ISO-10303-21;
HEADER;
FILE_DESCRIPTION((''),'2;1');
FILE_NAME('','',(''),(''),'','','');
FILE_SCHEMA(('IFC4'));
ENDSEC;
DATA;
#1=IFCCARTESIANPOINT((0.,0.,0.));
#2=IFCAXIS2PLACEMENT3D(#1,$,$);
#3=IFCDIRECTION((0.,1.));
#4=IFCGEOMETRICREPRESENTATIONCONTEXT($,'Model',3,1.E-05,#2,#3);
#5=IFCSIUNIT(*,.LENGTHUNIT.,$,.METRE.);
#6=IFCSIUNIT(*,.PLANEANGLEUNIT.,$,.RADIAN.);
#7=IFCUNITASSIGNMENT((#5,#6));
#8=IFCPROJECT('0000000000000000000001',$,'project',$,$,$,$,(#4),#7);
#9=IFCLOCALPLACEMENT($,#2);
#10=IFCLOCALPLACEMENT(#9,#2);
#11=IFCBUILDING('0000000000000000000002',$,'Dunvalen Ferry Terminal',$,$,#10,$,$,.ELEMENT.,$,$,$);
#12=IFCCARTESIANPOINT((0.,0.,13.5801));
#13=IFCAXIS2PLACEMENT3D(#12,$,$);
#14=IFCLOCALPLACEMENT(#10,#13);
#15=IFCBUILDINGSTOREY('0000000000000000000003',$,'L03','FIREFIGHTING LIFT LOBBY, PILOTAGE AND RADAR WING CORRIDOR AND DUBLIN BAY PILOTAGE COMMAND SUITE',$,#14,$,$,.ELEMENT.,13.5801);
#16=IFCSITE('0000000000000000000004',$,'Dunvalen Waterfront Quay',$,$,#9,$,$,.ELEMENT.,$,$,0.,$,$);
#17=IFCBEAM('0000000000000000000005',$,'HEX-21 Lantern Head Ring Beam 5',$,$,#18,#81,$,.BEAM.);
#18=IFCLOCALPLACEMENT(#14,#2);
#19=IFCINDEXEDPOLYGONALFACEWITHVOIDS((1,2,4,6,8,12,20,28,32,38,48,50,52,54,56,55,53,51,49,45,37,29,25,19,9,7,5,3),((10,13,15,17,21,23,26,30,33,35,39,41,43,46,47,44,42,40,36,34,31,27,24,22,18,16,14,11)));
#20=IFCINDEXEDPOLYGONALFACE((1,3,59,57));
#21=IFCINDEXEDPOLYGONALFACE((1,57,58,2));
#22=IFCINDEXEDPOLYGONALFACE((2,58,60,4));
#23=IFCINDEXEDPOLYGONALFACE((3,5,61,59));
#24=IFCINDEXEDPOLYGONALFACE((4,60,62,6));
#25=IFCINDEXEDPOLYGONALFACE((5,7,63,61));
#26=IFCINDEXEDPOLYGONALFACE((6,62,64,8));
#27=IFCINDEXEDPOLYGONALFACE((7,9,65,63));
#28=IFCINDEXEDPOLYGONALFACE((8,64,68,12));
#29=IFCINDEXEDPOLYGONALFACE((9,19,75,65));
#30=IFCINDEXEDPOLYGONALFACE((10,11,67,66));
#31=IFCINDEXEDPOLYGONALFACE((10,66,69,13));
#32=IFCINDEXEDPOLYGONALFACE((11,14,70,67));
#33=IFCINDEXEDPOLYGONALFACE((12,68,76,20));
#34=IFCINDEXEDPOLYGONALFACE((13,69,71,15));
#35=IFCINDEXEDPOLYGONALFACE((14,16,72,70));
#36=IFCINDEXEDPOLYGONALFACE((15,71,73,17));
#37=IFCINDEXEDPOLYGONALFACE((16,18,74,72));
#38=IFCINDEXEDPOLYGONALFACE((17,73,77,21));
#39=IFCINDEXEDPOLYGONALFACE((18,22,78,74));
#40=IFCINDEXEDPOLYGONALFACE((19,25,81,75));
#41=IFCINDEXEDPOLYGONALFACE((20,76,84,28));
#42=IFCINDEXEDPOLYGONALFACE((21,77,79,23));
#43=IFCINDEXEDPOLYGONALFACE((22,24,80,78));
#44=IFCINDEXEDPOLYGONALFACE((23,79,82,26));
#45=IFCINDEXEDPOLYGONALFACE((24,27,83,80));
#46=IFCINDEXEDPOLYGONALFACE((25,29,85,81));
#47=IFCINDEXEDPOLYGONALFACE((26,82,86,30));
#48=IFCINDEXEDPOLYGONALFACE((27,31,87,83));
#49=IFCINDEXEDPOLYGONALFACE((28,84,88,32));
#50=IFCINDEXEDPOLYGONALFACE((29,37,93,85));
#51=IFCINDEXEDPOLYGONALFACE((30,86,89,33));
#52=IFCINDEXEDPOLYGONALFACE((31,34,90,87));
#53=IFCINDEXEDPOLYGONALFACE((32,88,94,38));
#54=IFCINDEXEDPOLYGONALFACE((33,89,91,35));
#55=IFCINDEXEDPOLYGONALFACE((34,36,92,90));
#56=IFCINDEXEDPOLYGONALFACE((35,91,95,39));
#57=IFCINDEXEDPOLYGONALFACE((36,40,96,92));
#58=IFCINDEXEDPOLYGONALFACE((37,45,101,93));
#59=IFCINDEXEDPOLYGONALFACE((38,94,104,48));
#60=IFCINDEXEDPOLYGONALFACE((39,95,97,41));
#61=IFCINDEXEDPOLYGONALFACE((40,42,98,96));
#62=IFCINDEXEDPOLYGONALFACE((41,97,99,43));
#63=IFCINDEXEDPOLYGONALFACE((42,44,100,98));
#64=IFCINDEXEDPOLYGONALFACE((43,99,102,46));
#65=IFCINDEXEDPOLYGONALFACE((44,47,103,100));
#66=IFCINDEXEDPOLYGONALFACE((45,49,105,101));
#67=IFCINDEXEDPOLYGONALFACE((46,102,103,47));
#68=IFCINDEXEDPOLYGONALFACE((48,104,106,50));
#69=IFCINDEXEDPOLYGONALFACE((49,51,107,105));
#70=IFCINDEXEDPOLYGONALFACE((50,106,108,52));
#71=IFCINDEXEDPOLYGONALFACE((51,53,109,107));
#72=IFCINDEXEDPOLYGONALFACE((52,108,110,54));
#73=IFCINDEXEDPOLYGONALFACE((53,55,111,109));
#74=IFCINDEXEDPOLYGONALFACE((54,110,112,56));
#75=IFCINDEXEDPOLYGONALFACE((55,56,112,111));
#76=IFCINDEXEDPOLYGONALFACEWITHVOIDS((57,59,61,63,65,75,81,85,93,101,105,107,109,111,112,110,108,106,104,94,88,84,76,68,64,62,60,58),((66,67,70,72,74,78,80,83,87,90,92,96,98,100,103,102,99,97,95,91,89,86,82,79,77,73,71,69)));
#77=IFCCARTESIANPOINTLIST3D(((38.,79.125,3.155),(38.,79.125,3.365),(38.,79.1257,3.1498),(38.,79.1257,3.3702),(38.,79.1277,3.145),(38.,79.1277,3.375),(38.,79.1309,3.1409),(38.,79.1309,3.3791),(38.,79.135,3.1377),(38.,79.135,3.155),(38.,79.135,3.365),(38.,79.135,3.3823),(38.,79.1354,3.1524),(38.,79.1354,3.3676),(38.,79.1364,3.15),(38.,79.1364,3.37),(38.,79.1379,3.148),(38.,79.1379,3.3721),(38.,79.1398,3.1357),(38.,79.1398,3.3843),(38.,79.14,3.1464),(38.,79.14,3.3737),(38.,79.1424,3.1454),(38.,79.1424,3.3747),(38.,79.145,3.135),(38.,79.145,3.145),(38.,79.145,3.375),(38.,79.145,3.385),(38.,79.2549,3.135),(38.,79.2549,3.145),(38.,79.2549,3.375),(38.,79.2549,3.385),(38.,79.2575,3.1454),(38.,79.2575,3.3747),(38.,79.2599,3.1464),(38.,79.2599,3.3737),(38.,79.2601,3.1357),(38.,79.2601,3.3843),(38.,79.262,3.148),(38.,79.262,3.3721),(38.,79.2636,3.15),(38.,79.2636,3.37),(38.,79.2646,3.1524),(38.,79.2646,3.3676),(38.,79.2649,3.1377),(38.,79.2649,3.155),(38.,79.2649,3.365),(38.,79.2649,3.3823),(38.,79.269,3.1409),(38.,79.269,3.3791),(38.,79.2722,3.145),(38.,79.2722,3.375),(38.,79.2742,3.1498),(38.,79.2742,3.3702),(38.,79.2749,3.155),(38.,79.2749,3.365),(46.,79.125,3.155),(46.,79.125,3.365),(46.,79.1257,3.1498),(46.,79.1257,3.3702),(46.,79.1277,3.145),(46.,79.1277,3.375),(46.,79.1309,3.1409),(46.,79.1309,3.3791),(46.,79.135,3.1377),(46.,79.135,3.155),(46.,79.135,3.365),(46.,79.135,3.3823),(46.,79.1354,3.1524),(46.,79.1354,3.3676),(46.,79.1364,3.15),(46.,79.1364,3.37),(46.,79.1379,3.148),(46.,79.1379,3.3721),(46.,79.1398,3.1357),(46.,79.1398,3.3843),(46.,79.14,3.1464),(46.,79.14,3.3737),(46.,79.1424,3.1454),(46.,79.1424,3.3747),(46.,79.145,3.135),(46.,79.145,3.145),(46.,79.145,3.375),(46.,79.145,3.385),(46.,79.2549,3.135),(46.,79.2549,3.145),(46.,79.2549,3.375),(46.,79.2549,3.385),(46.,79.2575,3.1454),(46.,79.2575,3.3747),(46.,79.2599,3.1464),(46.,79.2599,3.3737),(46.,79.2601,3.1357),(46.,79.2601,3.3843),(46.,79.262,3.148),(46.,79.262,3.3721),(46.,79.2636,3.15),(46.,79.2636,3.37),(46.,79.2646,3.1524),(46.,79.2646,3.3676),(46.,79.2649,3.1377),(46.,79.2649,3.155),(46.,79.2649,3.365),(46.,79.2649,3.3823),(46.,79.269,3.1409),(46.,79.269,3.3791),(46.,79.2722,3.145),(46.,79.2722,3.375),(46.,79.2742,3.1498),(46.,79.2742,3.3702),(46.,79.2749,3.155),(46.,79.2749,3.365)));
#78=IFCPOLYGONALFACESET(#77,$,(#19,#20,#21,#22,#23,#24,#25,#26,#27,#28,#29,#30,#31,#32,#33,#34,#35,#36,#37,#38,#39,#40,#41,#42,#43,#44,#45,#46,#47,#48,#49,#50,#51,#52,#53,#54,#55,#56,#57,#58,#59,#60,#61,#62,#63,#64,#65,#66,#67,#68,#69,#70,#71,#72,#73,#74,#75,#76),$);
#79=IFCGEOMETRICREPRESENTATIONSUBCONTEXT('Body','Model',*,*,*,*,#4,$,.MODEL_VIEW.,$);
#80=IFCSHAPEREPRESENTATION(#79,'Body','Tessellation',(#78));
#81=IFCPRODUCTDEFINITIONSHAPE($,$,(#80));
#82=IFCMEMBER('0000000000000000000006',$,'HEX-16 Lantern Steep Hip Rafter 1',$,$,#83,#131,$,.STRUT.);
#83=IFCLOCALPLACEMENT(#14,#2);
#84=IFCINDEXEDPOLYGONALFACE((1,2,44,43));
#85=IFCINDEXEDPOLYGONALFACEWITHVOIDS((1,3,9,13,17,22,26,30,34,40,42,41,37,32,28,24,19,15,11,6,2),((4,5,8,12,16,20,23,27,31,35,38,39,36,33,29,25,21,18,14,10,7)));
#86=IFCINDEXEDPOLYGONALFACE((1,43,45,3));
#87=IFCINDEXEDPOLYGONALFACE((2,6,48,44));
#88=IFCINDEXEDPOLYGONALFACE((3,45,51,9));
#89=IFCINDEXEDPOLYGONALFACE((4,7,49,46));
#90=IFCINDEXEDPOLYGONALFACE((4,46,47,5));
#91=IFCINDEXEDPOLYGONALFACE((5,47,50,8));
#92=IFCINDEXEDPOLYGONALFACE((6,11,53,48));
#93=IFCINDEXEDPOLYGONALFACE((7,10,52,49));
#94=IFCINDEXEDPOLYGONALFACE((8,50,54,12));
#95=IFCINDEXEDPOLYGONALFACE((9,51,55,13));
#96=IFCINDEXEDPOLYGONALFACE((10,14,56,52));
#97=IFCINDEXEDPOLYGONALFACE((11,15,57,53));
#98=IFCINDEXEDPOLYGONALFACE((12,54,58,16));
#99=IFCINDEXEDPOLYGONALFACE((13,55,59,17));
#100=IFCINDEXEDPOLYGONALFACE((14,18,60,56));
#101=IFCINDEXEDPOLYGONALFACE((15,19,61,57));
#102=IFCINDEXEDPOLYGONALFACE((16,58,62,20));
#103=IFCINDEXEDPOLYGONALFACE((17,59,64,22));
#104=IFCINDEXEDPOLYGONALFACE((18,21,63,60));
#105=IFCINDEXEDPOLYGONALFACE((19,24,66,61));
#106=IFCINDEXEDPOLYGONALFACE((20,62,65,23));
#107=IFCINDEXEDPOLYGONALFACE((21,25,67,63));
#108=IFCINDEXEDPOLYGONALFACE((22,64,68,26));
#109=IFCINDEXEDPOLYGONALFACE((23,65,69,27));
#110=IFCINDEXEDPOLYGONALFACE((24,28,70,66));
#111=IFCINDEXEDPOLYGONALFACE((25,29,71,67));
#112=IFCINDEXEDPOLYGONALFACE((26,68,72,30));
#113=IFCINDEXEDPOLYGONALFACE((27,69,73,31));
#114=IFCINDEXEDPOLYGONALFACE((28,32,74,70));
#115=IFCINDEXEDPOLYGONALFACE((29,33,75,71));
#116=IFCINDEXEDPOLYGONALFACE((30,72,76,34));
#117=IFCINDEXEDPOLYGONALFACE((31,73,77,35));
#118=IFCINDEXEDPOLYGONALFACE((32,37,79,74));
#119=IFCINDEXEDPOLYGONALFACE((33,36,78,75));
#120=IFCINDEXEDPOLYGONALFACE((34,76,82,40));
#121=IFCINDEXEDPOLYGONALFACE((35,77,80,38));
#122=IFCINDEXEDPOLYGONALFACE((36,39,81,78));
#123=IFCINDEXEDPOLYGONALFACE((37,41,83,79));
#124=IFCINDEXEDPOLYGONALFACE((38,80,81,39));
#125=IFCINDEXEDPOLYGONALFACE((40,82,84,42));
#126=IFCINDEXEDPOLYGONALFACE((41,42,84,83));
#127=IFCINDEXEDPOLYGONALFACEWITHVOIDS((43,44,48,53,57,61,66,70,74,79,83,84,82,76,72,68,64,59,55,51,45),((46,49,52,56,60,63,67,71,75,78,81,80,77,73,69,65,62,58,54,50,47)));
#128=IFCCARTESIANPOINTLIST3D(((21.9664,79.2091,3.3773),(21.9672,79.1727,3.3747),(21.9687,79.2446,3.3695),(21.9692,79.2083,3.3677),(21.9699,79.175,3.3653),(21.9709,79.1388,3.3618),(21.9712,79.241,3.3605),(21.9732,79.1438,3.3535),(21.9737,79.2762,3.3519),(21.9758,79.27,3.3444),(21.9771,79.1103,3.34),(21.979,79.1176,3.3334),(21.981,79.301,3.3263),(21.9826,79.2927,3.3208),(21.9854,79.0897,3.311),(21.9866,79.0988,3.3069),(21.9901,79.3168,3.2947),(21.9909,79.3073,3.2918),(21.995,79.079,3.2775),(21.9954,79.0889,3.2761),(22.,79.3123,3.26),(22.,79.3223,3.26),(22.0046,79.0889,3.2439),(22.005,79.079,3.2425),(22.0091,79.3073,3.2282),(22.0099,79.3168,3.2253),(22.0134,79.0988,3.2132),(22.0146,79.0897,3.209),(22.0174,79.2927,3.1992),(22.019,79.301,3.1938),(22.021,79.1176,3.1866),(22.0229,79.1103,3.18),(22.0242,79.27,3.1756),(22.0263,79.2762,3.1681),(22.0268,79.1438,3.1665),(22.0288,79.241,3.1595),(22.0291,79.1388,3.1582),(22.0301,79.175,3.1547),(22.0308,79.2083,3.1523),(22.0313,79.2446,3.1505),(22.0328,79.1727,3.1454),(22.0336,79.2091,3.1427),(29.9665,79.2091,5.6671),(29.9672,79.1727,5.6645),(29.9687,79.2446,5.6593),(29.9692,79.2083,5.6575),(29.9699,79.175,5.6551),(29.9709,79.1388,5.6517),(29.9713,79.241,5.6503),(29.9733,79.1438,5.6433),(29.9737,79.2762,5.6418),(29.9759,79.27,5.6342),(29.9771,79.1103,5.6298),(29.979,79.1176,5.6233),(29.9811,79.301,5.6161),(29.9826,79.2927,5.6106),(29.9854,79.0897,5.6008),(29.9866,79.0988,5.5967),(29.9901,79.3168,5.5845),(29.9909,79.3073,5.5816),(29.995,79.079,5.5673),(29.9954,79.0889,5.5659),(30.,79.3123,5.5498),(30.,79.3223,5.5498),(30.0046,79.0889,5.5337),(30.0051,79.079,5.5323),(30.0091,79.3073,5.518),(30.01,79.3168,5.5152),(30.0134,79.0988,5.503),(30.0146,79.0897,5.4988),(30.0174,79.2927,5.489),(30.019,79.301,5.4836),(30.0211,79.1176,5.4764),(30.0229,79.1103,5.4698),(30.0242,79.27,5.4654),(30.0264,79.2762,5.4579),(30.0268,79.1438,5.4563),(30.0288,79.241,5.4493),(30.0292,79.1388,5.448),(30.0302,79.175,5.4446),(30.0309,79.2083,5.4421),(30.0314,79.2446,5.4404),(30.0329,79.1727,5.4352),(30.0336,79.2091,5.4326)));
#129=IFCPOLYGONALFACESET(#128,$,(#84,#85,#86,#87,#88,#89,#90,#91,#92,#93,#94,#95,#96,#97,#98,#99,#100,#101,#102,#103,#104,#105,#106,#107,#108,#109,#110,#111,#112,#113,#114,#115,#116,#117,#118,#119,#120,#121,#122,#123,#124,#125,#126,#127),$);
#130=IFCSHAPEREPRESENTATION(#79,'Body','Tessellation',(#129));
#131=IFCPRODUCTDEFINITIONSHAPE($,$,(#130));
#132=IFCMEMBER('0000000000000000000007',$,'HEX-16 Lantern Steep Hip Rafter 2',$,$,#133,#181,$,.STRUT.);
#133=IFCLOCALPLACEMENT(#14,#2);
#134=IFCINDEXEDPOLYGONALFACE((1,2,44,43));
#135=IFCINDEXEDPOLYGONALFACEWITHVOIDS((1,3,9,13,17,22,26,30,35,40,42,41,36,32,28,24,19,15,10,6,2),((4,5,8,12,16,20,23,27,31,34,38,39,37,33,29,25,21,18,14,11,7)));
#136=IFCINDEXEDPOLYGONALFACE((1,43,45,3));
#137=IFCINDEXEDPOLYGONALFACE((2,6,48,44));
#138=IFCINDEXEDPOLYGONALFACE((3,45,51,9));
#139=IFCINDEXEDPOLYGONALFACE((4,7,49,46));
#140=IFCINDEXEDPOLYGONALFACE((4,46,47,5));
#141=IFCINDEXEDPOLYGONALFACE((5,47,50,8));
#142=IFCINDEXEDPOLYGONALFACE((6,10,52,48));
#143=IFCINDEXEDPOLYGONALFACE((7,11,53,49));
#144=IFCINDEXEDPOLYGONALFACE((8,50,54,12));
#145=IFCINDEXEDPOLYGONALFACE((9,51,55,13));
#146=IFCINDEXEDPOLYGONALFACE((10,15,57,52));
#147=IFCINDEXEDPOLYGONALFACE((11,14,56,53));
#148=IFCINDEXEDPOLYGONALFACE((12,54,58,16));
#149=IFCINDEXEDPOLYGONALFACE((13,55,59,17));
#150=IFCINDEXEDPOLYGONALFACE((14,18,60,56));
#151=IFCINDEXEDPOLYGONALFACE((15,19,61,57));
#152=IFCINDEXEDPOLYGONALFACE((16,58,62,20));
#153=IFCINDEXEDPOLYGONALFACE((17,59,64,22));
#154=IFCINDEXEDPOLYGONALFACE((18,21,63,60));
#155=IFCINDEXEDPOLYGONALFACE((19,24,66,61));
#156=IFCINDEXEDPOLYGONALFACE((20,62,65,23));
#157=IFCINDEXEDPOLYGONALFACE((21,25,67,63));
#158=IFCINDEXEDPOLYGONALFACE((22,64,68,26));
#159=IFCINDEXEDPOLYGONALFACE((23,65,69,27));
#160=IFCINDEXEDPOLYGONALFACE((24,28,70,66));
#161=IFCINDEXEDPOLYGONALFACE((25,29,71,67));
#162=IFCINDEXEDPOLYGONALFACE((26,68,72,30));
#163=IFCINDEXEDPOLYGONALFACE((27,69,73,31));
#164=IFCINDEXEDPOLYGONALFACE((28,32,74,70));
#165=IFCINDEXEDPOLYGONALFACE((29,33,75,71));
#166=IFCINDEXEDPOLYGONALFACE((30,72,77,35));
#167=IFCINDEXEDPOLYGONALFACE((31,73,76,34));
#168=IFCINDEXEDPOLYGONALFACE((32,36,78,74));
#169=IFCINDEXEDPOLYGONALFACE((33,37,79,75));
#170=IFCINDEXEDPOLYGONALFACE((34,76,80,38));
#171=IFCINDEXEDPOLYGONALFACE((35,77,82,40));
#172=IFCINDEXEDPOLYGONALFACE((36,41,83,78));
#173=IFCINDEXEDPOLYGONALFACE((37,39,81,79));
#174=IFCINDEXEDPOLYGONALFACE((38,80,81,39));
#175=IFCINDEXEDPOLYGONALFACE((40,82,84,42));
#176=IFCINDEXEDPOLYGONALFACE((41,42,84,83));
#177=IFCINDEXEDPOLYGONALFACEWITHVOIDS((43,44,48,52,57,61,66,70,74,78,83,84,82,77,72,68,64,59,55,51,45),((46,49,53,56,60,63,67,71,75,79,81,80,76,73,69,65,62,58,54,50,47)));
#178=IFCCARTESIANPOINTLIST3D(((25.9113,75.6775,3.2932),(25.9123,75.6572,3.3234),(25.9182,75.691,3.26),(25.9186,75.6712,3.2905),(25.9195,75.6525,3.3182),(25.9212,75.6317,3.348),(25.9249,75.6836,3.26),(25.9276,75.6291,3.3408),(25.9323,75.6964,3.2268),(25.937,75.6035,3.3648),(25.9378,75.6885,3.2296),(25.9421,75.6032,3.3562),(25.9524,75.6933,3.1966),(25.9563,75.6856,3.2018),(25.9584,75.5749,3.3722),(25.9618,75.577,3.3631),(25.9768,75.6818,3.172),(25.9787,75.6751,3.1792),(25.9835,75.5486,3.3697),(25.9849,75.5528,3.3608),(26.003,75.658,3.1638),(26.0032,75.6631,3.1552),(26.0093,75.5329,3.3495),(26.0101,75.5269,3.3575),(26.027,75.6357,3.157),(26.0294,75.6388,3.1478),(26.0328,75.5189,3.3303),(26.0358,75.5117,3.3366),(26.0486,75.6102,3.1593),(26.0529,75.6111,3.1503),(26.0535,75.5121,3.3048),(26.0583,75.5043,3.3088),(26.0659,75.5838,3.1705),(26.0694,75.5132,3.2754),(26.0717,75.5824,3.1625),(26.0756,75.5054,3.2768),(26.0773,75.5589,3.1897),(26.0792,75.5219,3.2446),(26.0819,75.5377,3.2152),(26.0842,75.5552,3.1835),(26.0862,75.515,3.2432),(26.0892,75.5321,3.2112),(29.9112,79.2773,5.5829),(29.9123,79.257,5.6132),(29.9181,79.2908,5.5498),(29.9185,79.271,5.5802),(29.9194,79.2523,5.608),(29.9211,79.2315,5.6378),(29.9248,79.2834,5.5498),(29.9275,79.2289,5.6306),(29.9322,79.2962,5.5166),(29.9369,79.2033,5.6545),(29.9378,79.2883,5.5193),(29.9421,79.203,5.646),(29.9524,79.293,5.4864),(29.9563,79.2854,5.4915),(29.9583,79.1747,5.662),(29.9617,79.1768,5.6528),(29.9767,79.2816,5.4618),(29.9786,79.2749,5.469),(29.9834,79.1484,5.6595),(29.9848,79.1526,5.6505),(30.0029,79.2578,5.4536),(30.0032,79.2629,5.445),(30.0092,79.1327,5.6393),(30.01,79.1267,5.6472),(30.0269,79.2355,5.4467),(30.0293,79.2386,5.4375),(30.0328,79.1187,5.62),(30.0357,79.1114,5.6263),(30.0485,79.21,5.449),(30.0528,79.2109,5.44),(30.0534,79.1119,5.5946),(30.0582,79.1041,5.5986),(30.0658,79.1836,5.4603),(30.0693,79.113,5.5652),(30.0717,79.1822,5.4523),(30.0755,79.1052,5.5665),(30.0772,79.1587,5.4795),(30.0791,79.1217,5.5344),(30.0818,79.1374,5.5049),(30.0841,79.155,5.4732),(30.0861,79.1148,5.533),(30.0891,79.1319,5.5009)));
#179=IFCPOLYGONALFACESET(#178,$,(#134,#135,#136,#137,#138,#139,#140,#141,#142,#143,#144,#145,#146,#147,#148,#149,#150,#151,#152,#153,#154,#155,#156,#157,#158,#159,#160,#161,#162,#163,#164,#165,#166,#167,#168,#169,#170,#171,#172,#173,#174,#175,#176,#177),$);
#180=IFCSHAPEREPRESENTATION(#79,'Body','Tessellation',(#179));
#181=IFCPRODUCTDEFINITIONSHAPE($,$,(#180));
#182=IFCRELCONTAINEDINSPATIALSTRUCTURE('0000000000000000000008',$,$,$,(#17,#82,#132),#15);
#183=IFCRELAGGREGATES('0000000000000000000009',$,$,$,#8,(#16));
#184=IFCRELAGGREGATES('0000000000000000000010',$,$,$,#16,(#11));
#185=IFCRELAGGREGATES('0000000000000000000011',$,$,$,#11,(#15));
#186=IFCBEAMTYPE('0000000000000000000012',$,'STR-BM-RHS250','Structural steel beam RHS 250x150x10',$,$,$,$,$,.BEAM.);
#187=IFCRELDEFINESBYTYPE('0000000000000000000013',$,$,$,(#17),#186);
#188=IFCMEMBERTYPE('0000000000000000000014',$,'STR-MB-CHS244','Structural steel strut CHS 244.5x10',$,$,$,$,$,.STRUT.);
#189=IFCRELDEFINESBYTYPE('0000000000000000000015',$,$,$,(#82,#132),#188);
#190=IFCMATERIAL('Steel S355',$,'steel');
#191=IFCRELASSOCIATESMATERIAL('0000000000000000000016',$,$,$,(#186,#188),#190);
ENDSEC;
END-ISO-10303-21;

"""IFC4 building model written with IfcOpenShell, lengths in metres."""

from ifc_helpers import new_model, si_unit, direction, frame, origin, origin_2d, place, context, subcontext, project, spatial, hollow_rectangle, hollow_circle, extrude, material, material_profile, profile_set, type_object, element, save


model = new_model("IFC4")

# Units and contexts
model_context = context("Model", 3, precision=1e-05, world=origin(), true_north=direction((0.0, 1.0)))
body_context = subcontext(model_context, "Body", "Model", "MODEL_VIEW")
ifc_project = project(units=[si_unit("LENGTHUNIT", "METRE"), si_unit("PLANEANGLEUNIT", "RADIAN")], contexts=[model_context])

# Site, building, storey
site_placement = place(None, origin())
site = spatial("IfcSite", under=ifc_project, at=site_placement, Name="Dunvalen Waterfront Quay", CompositionType="ELEMENT", RefElevation=0.0)
building_placement = place(site_placement, origin())
building = spatial("IfcBuilding", under=site, at=building_placement, Name="Dunvalen Ferry Terminal", CompositionType="ELEMENT")
storey_placement = place(building_placement, frame((0.0, 0.0, 13.5801)))
storey = spatial("IfcBuildingStorey", under=building, at=storey_placement, Name="L03", Description="FIREFIGHTING LIFT LOBBY, PILOTAGE AND RADAR WING CORRIDOR AND DUBLIN BAY PILOTAGE COMMAND SUITE", CompositionType="ELEMENT", Elevation=13.5801)

# Beam
ifc_material_1 = material(Name="Steel S355", Category="steel")
ifc_material_profile_1 = material_profile(ifc_material_1, hollow_rectangle(XDim=0.1499, YDim=0.25, WallThickness=0.01, InnerFilletRadius=0.01, OuterFilletRadius=0.02, at=origin_2d()), Name="Steel S355")
ifc_profile_set_1 = profile_set([ifc_material_profile_1], Name="Steel S355")
beam_type = type_object("IfcBeamType", Name="STR-BM-RHS250", Description="Structural steel beam RHS 250x150x10", PredefinedType="BEAM", material=ifc_profile_set_1)
beam_1_placement = place(storey_placement, frame((46.0, 79.2, 3.26), z_axis=(-1.0, 0.0, 0.0), x_axis=(0.0, -1.0, 0.0)))
element("IfcBeam", 1, at=beam_1_placement, inside=storey, type_object=beam_type, Name="HEX-21 Lantern Head Ring Beam 5", PredefinedType="BEAM", context=body_context, shape_type="SweptSolid", body=[
    extrude(hollow_rectangle(XDim=0.1499, YDim=0.25, WallThickness=0.01, InnerFilletRadius=0.01, OuterFilletRadius=0.02, at=origin_2d()), origin(), (0.0, 0.0, 1.0), 8.0),
])

# Members
ifc_material_profile_2 = material_profile(ifc_material_1, hollow_circle(Radius=0.1223, WallThickness=0.01, at=origin_2d()), Name="Steel S355")
ifc_profile_set_2 = profile_set([ifc_material_profile_2], Name="Steel S355")
member_type = type_object("IfcMemberType", Name="STR-MB-CHS244", Description="Structural steel strut CHS 244.5x10", PredefinedType="STRUT", material=ifc_profile_set_2)
member_1_placement = place(storey_placement, frame((22.0, 79.2, 3.26), z_axis=(0.961394, 0.0, 0.275174), x_axis=(0.0, 1.0, 0.0)))
element("IfcMember", 2, at=member_1_placement, inside=storey, type_object=member_type, Name="HEX-16 Lantern Steep Hip Rafter 1", PredefinedType="STRUT", context=body_context, shape_type="SweptSolid", body=[
    extrude(hollow_circle(Radius=0.1223, WallThickness=0.01, at=origin_2d()), origin(), (0.0, 0.0, 1.0), 8.3213),
])
for number, where, z_axis, x_axis, name in (
    (3, (26.0, 75.6001, 3.26), (0.683965, 0.615543, 0.391535), (-0.66895, 0.743308, 0.0), "HEX-16 Lantern Steep Hip Rafter 2"),
):
    element("IfcMember", number, at=place(storey_placement, frame(where, z_axis=z_axis, x_axis=x_axis)), inside=storey, type_object=member_type, Name=name, PredefinedType="STRUT", context=body_context, shape_type="SweptSolid", body=[
        extrude(hollow_circle(Radius=0.1223, WallThickness=0.01, at=origin_2d()), origin(), (0.0, 0.0, 1.0), 5.8481),
    ])

save(model, "model.ifc")
